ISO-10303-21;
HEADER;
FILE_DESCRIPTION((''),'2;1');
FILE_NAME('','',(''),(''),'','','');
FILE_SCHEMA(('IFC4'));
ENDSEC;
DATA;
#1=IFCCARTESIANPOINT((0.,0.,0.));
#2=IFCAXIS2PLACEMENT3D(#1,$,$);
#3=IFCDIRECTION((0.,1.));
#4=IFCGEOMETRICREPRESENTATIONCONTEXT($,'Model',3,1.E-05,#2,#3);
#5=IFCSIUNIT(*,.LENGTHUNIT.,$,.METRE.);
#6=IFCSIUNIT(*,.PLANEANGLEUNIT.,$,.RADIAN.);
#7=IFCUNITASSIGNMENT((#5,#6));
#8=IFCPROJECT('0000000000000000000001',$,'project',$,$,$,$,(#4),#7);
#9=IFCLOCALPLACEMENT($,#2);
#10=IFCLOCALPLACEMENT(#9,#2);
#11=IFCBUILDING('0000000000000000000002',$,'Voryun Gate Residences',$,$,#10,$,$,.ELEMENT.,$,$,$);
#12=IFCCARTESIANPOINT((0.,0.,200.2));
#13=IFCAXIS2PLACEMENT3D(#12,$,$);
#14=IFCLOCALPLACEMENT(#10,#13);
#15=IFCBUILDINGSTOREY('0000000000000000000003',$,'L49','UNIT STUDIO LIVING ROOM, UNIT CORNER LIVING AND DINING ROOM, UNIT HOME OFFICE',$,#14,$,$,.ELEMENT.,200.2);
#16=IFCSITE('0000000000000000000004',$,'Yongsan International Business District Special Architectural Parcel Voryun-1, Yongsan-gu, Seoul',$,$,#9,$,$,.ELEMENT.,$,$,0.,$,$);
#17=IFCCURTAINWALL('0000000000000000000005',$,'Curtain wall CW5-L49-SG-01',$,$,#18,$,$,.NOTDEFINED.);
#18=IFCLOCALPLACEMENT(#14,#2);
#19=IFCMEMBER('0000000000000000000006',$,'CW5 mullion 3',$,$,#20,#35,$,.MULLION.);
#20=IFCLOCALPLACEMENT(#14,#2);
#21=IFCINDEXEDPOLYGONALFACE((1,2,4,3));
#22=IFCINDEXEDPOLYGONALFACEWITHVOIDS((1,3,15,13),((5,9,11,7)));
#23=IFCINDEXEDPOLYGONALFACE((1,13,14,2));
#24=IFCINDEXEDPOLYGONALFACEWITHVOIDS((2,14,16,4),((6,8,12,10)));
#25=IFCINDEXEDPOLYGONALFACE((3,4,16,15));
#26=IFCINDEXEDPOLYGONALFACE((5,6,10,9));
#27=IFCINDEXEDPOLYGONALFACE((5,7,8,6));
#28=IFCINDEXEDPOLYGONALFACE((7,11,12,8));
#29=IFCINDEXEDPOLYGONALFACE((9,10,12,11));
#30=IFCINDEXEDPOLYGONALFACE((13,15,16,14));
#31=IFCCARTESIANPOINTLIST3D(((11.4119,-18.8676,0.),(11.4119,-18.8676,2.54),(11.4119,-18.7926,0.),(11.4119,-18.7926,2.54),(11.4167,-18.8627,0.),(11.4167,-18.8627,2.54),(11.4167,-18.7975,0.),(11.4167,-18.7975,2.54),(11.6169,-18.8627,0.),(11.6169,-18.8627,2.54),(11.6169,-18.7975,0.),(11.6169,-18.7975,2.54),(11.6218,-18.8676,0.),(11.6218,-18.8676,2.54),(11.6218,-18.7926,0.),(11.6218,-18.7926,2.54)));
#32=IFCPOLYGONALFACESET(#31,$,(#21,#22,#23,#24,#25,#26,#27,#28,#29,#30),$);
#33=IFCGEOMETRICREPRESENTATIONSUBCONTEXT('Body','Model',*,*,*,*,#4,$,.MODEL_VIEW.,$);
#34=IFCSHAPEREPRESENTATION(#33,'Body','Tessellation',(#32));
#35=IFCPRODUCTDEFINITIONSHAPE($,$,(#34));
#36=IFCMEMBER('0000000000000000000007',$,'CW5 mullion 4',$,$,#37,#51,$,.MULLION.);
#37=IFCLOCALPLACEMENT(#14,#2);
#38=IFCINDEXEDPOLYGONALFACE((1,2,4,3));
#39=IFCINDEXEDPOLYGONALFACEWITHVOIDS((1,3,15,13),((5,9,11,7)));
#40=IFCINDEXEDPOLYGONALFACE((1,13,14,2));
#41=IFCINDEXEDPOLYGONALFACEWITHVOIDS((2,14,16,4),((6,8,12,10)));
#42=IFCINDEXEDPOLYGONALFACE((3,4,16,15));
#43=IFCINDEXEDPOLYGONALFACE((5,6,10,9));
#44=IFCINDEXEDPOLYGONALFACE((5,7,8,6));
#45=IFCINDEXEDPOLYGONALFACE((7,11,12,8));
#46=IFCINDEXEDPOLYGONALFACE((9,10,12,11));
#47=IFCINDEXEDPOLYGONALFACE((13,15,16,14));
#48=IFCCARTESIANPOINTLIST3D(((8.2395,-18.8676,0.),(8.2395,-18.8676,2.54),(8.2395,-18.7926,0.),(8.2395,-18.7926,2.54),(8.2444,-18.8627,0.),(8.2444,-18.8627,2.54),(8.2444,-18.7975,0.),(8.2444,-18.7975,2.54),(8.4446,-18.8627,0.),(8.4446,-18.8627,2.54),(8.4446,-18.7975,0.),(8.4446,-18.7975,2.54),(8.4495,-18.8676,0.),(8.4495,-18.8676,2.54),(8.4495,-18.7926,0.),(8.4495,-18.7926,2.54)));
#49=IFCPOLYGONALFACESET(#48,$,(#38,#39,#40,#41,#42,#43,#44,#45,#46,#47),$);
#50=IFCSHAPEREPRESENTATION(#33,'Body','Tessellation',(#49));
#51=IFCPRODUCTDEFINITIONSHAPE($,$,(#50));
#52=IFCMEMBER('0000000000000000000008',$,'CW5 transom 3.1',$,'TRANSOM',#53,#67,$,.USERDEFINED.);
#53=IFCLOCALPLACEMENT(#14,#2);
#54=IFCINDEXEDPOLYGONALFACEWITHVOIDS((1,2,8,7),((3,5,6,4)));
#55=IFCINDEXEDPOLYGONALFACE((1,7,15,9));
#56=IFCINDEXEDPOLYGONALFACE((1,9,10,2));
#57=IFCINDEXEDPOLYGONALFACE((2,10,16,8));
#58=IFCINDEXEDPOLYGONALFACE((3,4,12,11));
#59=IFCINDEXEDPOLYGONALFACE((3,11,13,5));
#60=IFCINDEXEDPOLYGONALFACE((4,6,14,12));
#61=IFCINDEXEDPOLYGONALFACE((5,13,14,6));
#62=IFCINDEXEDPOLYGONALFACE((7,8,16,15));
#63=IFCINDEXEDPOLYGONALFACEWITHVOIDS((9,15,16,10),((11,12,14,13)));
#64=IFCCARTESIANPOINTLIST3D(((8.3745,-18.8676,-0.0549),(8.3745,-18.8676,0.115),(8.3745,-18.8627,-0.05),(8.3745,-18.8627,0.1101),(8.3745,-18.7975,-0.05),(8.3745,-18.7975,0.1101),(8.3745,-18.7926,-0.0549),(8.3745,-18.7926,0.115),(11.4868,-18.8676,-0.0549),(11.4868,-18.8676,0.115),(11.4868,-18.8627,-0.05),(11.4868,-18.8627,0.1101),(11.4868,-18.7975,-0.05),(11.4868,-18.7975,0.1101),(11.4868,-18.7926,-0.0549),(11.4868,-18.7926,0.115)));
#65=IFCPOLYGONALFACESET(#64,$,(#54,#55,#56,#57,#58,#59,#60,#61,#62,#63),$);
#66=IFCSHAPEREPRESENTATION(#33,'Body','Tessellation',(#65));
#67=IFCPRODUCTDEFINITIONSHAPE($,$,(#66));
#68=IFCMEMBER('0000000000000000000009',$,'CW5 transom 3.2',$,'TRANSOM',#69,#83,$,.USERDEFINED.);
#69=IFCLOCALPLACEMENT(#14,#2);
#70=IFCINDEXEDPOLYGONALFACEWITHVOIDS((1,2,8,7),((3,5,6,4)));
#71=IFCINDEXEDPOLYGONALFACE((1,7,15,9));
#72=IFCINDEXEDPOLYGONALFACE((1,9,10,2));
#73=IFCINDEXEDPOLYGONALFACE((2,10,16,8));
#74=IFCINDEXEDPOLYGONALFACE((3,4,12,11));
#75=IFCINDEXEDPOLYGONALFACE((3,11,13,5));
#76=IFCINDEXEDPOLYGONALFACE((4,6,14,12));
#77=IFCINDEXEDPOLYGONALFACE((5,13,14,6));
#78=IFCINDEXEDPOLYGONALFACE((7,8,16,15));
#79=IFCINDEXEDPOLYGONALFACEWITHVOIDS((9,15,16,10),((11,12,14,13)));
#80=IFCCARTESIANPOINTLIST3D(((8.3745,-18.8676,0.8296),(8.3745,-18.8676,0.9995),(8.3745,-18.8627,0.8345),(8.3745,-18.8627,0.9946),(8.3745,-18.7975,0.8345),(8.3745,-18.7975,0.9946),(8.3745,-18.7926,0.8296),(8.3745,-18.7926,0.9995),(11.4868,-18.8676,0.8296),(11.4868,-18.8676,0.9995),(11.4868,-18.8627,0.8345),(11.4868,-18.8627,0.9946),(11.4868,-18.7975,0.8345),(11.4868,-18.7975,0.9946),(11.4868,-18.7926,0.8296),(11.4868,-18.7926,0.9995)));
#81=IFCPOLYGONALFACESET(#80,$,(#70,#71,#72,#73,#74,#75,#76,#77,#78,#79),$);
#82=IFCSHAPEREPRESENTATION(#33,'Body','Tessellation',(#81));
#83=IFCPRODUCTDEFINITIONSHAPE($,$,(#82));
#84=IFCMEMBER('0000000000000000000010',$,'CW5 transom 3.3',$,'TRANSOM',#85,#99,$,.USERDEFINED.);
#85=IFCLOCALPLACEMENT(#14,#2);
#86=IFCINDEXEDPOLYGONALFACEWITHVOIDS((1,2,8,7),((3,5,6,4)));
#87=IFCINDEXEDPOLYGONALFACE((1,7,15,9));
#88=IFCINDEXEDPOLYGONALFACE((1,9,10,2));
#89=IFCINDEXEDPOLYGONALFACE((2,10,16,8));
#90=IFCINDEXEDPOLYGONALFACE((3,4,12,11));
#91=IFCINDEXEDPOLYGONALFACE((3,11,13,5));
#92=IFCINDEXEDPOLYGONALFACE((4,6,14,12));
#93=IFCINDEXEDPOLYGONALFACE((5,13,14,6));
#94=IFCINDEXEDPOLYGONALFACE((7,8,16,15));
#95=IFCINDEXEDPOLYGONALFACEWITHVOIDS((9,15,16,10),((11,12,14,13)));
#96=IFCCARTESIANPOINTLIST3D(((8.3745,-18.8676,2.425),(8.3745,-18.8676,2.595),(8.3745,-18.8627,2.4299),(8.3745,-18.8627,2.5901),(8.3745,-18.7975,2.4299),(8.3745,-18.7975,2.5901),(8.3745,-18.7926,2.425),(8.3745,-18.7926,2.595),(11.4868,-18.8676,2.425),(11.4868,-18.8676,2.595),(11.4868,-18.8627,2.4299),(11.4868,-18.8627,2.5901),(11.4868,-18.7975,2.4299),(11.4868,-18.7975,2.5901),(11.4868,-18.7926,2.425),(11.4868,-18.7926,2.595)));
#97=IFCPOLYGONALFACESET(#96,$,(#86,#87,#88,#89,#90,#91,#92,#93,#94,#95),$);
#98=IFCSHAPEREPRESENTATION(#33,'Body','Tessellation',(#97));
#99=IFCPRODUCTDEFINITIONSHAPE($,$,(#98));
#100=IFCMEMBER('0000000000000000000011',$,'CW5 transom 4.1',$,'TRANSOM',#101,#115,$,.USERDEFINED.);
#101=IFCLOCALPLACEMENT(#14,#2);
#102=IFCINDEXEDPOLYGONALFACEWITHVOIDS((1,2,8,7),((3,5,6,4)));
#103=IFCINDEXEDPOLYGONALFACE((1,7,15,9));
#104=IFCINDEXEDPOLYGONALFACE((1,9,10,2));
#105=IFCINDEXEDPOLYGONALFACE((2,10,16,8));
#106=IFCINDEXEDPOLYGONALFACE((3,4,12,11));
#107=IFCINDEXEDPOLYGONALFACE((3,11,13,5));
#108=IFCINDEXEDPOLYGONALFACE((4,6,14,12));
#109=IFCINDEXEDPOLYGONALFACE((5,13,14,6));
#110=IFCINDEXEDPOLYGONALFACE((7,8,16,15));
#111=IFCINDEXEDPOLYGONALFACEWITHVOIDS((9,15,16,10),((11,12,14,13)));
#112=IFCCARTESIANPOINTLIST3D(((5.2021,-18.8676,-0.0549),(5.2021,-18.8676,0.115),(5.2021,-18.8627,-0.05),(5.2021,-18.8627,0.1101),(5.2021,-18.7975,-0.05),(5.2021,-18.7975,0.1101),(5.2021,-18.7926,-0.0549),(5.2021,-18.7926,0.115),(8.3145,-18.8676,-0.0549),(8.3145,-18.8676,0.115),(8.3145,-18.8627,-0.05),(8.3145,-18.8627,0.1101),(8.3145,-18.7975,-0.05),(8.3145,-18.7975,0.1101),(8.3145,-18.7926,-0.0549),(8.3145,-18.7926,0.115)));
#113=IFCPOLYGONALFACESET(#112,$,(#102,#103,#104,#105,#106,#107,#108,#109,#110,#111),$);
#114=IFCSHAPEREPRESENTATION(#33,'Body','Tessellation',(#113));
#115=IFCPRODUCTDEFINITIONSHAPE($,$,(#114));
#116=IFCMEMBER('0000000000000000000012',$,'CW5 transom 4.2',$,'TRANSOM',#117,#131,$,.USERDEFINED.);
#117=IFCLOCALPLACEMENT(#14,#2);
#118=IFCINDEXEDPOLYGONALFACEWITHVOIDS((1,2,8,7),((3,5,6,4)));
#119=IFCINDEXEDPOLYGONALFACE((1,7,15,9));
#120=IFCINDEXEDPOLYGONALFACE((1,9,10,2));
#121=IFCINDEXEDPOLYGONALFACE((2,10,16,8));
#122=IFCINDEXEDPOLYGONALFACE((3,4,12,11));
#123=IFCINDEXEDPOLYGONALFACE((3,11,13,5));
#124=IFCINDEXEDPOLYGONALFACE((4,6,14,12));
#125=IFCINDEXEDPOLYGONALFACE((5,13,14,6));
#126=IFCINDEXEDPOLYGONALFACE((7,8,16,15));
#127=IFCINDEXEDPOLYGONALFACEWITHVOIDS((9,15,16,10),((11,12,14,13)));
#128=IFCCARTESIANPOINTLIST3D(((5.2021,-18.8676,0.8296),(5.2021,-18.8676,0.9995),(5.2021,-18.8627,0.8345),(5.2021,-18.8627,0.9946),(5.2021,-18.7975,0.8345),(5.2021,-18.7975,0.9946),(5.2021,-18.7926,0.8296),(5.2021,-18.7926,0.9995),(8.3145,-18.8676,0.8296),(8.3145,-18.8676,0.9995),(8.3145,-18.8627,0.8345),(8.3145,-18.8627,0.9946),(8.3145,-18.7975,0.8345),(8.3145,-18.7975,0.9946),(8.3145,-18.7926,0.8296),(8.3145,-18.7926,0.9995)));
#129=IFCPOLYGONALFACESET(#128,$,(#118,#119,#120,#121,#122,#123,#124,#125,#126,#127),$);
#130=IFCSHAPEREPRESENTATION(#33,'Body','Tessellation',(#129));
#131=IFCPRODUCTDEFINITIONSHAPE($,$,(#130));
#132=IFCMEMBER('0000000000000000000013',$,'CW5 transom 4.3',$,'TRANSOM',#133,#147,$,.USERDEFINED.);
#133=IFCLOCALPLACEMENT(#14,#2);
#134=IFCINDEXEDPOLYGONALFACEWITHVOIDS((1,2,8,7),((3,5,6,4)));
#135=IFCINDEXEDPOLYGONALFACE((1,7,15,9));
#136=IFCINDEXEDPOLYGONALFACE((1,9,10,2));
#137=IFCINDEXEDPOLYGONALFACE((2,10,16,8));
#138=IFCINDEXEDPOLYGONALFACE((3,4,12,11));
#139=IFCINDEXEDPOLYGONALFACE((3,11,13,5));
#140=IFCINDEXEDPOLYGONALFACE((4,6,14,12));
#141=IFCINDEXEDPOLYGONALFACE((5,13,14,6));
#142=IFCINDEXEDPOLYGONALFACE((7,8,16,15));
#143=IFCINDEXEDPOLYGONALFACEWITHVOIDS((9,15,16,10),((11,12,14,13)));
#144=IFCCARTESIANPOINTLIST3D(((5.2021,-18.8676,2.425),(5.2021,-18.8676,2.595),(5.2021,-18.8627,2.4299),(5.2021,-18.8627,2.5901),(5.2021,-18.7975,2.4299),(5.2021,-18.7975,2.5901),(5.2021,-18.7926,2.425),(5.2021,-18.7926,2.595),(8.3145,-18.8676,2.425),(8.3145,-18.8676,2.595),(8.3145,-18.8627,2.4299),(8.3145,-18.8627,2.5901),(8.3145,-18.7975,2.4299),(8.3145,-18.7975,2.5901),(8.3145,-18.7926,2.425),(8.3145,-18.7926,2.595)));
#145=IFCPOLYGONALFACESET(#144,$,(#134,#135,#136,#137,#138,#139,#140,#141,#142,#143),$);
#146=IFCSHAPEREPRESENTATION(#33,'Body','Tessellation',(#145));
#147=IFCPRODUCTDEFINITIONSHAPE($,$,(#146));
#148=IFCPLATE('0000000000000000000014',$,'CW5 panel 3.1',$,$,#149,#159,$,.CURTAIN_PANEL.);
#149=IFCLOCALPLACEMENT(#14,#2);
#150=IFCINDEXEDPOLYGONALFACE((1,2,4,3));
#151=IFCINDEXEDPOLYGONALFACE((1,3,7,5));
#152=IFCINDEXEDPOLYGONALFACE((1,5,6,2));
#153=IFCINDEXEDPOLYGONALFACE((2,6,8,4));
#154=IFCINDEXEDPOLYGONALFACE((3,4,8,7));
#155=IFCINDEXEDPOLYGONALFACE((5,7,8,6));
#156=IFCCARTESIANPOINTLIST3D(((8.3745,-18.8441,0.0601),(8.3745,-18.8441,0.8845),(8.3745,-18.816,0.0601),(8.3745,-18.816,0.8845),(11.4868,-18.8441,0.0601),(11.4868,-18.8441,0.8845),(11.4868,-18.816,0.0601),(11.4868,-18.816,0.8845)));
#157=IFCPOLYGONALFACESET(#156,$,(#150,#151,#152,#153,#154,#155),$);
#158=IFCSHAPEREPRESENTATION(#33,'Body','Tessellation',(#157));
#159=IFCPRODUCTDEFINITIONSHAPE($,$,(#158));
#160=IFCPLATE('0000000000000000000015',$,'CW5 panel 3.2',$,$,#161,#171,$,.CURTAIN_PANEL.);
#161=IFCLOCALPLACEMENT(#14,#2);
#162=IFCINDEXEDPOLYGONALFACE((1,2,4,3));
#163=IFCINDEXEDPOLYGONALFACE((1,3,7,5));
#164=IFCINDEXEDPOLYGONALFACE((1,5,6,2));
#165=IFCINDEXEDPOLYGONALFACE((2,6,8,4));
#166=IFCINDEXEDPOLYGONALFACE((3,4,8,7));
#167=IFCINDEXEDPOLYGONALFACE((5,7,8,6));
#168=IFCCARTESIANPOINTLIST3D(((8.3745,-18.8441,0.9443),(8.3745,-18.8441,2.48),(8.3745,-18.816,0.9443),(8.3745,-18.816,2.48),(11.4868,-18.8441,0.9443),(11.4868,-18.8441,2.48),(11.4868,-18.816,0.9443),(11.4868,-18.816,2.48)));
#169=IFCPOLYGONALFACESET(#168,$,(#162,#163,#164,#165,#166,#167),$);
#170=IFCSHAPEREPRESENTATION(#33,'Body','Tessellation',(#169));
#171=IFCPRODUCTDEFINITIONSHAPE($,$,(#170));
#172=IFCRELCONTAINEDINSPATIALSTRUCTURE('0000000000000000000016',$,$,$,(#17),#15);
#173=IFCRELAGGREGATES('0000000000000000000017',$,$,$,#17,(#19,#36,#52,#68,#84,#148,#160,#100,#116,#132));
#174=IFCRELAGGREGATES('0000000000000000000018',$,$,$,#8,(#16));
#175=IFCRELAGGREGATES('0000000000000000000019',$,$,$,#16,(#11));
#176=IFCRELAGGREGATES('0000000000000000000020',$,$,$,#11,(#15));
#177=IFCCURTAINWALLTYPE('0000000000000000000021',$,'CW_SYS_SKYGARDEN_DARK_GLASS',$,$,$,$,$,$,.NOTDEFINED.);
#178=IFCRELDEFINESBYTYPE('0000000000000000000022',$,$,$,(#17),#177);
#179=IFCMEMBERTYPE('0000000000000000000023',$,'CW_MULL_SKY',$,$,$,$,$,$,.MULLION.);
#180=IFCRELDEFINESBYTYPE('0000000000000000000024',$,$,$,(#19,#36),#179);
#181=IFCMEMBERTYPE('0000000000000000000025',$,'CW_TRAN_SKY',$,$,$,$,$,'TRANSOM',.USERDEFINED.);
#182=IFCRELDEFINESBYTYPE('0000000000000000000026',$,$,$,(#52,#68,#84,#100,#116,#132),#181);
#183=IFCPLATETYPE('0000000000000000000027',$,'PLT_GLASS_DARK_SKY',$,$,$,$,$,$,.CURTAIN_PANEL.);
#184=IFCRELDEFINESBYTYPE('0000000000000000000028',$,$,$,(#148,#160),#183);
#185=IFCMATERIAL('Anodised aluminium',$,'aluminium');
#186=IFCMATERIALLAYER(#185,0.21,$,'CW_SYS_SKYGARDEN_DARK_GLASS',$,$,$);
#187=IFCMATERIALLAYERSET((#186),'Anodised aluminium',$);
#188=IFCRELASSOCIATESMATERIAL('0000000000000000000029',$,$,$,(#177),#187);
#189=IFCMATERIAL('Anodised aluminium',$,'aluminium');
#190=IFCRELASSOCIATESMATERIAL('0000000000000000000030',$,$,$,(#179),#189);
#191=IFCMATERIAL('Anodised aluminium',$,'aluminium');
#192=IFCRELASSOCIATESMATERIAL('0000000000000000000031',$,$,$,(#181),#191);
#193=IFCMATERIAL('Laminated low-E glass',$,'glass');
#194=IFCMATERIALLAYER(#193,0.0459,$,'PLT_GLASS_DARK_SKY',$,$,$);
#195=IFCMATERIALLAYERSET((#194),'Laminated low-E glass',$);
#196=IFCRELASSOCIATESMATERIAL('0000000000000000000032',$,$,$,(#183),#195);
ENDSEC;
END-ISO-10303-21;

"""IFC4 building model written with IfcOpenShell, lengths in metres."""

from ifc_helpers import new_model, si_unit, direction, frame, origin, origin_2d, place, context, subcontext, project, spatial, rectangle, hollow_rectangle, extrude, material, layer, layer_set, material_profile, profile_set, type_object, element, aggregate, save


model = new_model("IFC4")

# Units and contexts
model_context = context("Model", 3, precision=1e-05, world=origin(), true_north=direction((0.0, 1.0)))
body_context = subcontext(model_context, "Body", "Model", "MODEL_VIEW")
ifc_project = project(units=[si_unit("LENGTHUNIT", "METRE"), si_unit("PLANEANGLEUNIT", "RADIAN")], contexts=[model_context])

# Site, building, storey
site_placement = place(None, origin())
site = spatial("IfcSite", under=ifc_project, at=site_placement, Name="Yongsan International Business District Special Architectural Parcel Voryun-1, Yongsan-gu, Seoul", CompositionType="ELEMENT", RefElevation=0.0)
building_placement = place(site_placement, origin())
building = spatial("IfcBuilding", under=site, at=building_placement, Name="Voryun Gate Residences", CompositionType="ELEMENT")
storey_placement = place(building_placement, frame((0.0, 0.0, 200.2)))
storey = spatial("IfcBuildingStorey", under=building, at=storey_placement, Name="L49", Description="UNIT STUDIO LIVING ROOM, UNIT CORNER LIVING AND DINING ROOM, UNIT HOME OFFICE", CompositionType="ELEMENT", Elevation=200.2)

# Curtain wall, members, plates
ifc_material_1 = material(Name="Anodised aluminium", Category="aluminium")
ifc_layer_1 = layer(ifc_material_1, 0.21, Name="CW_SYS_SKYGARDEN_DARK_GLASS")
ifc_layer_set_1 = layer_set([ifc_layer_1], Name="Anodised aluminium")
curtain_wall_type = type_object("IfcCurtainWallType", Name="CW_SYS_SKYGARDEN_DARK_GLASS", PredefinedType="NOTDEFINED", material=ifc_layer_set_1)
curtain_wall_placement = place(storey_placement, origin())
curtain_wall = element("IfcCurtainWall", 1, at=curtain_wall_placement, inside=storey, type_object=curtain_wall_type, Name="Curtain wall CW5-L49-SG-01", PredefinedType="NOTDEFINED")
ifc_material_2 = material(Name="Anodised aluminium", Category="aluminium")
ifc_material_profile_1 = material_profile(ifc_material_2, hollow_rectangle(XDim=0.075, YDim=0.21, WallThickness=0.0049, at=origin_2d()), Name="ALU-MULL-210x75x5")
ifc_profile_set_1 = profile_set([ifc_material_profile_1], Name="Anodised aluminium")
member_type_1 = type_object("IfcMemberType", Name="CW_MULL_SKY", PredefinedType="MULLION", material=ifc_profile_set_1)
member_1_placement = place(storey_placement, frame((11.5168, -18.8301, 0.0), z_axis=(0.0, 0.0, 1.0), x_axis=(0.0, -1.0, 0.0)))
member_1 = element("IfcMember", 2, at=member_1_placement, type_object=member_type_1, Name="CW5 mullion 3", PredefinedType="MULLION", context=body_context, shape_type="SweptSolid", body=[
    extrude(hollow_rectangle(XDim=0.075, YDim=0.21, WallThickness=0.0049, at=origin_2d()), origin(), (0.0, 0.0, 1.0), 2.54),
])
member_2_placement = place(storey_placement, frame((8.3445, -18.8301, 0.0), z_axis=(0.0, 0.0, 1.0), x_axis=(0.0, -1.0, 0.0)))
member_2 = element("IfcMember", 3, at=member_2_placement, type_object=member_type_1, Name="CW5 mullion 4", PredefinedType="MULLION", context=body_context, shape_type="SweptSolid", body=[
    extrude(hollow_rectangle(XDim=0.075, YDim=0.21, WallThickness=0.0049, at=origin_2d()), origin(), (0.0, 0.0, 1.0), 2.54),
])
ifc_material_3 = material(Name="Anodised aluminium", Category="aluminium")
ifc_material_profile_2 = material_profile(ifc_material_3, hollow_rectangle(XDim=0.075, YDim=0.1699, WallThickness=0.0049, at=origin_2d()), Name="ALU-TRAN-170x75x5")
ifc_profile_set_2 = profile_set([ifc_material_profile_2], Name="Anodised aluminium")
member_type_2 = type_object("IfcMemberType", Name="CW_TRAN_SKY", ElementType="TRANSOM", PredefinedType="USERDEFINED", material=ifc_profile_set_2)
member_3_placement = place(storey_placement, frame((11.4868, -18.8301, 0.03), z_axis=(-1.0, 0.0, 0.0), x_axis=(0.0, -1.0, 0.0)))
member_3 = element("IfcMember", 4, at=member_3_placement, type_object=member_type_2, Name="CW5 transom 3.1", ObjectType="TRANSOM", PredefinedType="USERDEFINED", context=body_context, shape_type="SweptSolid", body=[
    extrude(hollow_rectangle(XDim=0.075, YDim=0.1699, WallThickness=0.0049, at=origin_2d()), origin(), (0.0, 0.0, 1.0), 3.1123),
])
member_4_placement = place(storey_placement, frame((11.4868, -18.8301, 0.9146), z_axis=(-1.0, 0.0, 0.0), x_axis=(0.0, -1.0, 0.0)))
member_4 = element("IfcMember", 5, at=member_4_placement, type_object=member_type_2, Name="CW5 transom 3.2", ObjectType="TRANSOM", PredefinedType="USERDEFINED", context=body_context, shape_type="SweptSolid", body=[
    extrude(hollow_rectangle(XDim=0.075, YDim=0.1699, WallThickness=0.0049, at=origin_2d()), origin(), (0.0, 0.0, 1.0), 3.1123),
])
member_5_placement = place(storey_placement, frame((11.4868, -18.8301, 2.51), z_axis=(-1.0, 0.0, 0.0), x_axis=(0.0, -1.0, 0.0)))
member_5 = element("IfcMember", 6, at=member_5_placement, type_object=member_type_2, Name="CW5 transom 3.3", ObjectType="TRANSOM", PredefinedType="USERDEFINED", context=body_context, shape_type="SweptSolid", body=[
    extrude(hollow_rectangle(XDim=0.075, YDim=0.1699, WallThickness=0.0049, at=origin_2d()), origin(), (0.0, 0.0, 1.0), 3.1123),
])
member_6_placement = place(storey_placement, frame((8.3145, -18.8301, 0.03), z_axis=(-1.0, 0.0, 0.0), x_axis=(0.0, -1.0, 0.0)))
member_6 = element("IfcMember", 7, at=member_6_placement, type_object=member_type_2, Name="CW5 transom 4.1", ObjectType="TRANSOM", PredefinedType="USERDEFINED", context=body_context, shape_type="SweptSolid", body=[
    extrude(hollow_rectangle(XDim=0.075, YDim=0.1699, WallThickness=0.0049, at=origin_2d()), origin(), (0.0, 0.0, 1.0), 3.1123),
])
member_7_placement = place(storey_placement, frame((8.3145, -18.8301, 0.9146), z_axis=(-1.0, 0.0, 0.0), x_axis=(0.0, -1.0, 0.0)))
member_7 = element("IfcMember", 8, at=member_7_placement, type_object=member_type_2, Name="CW5 transom 4.2", ObjectType="TRANSOM", PredefinedType="USERDEFINED", context=body_context, shape_type="SweptSolid", body=[
    extrude(hollow_rectangle(XDim=0.075, YDim=0.1699, WallThickness=0.0049, at=origin_2d()), origin(), (0.0, 0.0, 1.0), 3.1123),
])
member_8_placement = place(storey_placement, frame((8.3145, -18.8301, 2.51), z_axis=(-1.0, 0.0, 0.0), x_axis=(0.0, -1.0, 0.0)))
member_8 = element("IfcMember", 9, at=member_8_placement, type_object=member_type_2, Name="CW5 transom 4.3", ObjectType="TRANSOM", PredefinedType="USERDEFINED", context=body_context, shape_type="SweptSolid", body=[
    extrude(hollow_rectangle(XDim=0.075, YDim=0.1699, WallThickness=0.0049, at=origin_2d()), origin(), (0.0, 0.0, 1.0), 3.1123),
])
ifc_material_4 = material(Name="Laminated low-E glass", Category="glass")
ifc_layer_2 = layer(ifc_material_4, 0.0459, Name="PLT_GLASS_DARK_SKY")
ifc_layer_set_2 = layer_set([ifc_layer_2], Name="Laminated low-E glass")
plate_type = type_object("IfcPlateType", Name="PLT_GLASS_DARK_SKY", PredefinedType="CURTAIN_PANEL", material=ifc_layer_set_2)
plate_1_placement = place(storey_placement, frame((9.9307, -18.8301, 0.0601), z_axis=(0.0, 0.0, 1.0), x_axis=(-1.0, 0.0, 0.0)))
plate_1 = element("IfcPlate", 10, at=plate_1_placement, type_object=plate_type, Name="CW5 panel 3.1", PredefinedType="CURTAIN_PANEL", context=body_context, shape_type="SweptSolid", body=[
    extrude(rectangle(XDim=3.1123, YDim=0.0281, at=origin_2d()), origin(), (0.0, 0.0, 1.0), 0.8245),
])
plate_2_placement = place(storey_placement, frame((9.9307, -18.8301, 0.9443), z_axis=(0.0, 0.0, 1.0), x_axis=(-1.0, 0.0, 0.0)))
plate_2 = element("IfcPlate", 11, at=plate_2_placement, type_object=plate_type, Name="CW5 panel 3.2", PredefinedType="CURTAIN_PANEL", context=body_context, shape_type="SweptSolid", body=[
    extrude(rectangle(XDim=3.1123, YDim=0.0281, at=origin_2d()), origin(), (0.0, 0.0, 1.0), 1.5356),
])
aggregate(curtain_wall, [member_1, member_2, member_3, member_4, member_5, plate_1, plate_2, member_6, member_7, member_8])

save(model, "model.ifc")
